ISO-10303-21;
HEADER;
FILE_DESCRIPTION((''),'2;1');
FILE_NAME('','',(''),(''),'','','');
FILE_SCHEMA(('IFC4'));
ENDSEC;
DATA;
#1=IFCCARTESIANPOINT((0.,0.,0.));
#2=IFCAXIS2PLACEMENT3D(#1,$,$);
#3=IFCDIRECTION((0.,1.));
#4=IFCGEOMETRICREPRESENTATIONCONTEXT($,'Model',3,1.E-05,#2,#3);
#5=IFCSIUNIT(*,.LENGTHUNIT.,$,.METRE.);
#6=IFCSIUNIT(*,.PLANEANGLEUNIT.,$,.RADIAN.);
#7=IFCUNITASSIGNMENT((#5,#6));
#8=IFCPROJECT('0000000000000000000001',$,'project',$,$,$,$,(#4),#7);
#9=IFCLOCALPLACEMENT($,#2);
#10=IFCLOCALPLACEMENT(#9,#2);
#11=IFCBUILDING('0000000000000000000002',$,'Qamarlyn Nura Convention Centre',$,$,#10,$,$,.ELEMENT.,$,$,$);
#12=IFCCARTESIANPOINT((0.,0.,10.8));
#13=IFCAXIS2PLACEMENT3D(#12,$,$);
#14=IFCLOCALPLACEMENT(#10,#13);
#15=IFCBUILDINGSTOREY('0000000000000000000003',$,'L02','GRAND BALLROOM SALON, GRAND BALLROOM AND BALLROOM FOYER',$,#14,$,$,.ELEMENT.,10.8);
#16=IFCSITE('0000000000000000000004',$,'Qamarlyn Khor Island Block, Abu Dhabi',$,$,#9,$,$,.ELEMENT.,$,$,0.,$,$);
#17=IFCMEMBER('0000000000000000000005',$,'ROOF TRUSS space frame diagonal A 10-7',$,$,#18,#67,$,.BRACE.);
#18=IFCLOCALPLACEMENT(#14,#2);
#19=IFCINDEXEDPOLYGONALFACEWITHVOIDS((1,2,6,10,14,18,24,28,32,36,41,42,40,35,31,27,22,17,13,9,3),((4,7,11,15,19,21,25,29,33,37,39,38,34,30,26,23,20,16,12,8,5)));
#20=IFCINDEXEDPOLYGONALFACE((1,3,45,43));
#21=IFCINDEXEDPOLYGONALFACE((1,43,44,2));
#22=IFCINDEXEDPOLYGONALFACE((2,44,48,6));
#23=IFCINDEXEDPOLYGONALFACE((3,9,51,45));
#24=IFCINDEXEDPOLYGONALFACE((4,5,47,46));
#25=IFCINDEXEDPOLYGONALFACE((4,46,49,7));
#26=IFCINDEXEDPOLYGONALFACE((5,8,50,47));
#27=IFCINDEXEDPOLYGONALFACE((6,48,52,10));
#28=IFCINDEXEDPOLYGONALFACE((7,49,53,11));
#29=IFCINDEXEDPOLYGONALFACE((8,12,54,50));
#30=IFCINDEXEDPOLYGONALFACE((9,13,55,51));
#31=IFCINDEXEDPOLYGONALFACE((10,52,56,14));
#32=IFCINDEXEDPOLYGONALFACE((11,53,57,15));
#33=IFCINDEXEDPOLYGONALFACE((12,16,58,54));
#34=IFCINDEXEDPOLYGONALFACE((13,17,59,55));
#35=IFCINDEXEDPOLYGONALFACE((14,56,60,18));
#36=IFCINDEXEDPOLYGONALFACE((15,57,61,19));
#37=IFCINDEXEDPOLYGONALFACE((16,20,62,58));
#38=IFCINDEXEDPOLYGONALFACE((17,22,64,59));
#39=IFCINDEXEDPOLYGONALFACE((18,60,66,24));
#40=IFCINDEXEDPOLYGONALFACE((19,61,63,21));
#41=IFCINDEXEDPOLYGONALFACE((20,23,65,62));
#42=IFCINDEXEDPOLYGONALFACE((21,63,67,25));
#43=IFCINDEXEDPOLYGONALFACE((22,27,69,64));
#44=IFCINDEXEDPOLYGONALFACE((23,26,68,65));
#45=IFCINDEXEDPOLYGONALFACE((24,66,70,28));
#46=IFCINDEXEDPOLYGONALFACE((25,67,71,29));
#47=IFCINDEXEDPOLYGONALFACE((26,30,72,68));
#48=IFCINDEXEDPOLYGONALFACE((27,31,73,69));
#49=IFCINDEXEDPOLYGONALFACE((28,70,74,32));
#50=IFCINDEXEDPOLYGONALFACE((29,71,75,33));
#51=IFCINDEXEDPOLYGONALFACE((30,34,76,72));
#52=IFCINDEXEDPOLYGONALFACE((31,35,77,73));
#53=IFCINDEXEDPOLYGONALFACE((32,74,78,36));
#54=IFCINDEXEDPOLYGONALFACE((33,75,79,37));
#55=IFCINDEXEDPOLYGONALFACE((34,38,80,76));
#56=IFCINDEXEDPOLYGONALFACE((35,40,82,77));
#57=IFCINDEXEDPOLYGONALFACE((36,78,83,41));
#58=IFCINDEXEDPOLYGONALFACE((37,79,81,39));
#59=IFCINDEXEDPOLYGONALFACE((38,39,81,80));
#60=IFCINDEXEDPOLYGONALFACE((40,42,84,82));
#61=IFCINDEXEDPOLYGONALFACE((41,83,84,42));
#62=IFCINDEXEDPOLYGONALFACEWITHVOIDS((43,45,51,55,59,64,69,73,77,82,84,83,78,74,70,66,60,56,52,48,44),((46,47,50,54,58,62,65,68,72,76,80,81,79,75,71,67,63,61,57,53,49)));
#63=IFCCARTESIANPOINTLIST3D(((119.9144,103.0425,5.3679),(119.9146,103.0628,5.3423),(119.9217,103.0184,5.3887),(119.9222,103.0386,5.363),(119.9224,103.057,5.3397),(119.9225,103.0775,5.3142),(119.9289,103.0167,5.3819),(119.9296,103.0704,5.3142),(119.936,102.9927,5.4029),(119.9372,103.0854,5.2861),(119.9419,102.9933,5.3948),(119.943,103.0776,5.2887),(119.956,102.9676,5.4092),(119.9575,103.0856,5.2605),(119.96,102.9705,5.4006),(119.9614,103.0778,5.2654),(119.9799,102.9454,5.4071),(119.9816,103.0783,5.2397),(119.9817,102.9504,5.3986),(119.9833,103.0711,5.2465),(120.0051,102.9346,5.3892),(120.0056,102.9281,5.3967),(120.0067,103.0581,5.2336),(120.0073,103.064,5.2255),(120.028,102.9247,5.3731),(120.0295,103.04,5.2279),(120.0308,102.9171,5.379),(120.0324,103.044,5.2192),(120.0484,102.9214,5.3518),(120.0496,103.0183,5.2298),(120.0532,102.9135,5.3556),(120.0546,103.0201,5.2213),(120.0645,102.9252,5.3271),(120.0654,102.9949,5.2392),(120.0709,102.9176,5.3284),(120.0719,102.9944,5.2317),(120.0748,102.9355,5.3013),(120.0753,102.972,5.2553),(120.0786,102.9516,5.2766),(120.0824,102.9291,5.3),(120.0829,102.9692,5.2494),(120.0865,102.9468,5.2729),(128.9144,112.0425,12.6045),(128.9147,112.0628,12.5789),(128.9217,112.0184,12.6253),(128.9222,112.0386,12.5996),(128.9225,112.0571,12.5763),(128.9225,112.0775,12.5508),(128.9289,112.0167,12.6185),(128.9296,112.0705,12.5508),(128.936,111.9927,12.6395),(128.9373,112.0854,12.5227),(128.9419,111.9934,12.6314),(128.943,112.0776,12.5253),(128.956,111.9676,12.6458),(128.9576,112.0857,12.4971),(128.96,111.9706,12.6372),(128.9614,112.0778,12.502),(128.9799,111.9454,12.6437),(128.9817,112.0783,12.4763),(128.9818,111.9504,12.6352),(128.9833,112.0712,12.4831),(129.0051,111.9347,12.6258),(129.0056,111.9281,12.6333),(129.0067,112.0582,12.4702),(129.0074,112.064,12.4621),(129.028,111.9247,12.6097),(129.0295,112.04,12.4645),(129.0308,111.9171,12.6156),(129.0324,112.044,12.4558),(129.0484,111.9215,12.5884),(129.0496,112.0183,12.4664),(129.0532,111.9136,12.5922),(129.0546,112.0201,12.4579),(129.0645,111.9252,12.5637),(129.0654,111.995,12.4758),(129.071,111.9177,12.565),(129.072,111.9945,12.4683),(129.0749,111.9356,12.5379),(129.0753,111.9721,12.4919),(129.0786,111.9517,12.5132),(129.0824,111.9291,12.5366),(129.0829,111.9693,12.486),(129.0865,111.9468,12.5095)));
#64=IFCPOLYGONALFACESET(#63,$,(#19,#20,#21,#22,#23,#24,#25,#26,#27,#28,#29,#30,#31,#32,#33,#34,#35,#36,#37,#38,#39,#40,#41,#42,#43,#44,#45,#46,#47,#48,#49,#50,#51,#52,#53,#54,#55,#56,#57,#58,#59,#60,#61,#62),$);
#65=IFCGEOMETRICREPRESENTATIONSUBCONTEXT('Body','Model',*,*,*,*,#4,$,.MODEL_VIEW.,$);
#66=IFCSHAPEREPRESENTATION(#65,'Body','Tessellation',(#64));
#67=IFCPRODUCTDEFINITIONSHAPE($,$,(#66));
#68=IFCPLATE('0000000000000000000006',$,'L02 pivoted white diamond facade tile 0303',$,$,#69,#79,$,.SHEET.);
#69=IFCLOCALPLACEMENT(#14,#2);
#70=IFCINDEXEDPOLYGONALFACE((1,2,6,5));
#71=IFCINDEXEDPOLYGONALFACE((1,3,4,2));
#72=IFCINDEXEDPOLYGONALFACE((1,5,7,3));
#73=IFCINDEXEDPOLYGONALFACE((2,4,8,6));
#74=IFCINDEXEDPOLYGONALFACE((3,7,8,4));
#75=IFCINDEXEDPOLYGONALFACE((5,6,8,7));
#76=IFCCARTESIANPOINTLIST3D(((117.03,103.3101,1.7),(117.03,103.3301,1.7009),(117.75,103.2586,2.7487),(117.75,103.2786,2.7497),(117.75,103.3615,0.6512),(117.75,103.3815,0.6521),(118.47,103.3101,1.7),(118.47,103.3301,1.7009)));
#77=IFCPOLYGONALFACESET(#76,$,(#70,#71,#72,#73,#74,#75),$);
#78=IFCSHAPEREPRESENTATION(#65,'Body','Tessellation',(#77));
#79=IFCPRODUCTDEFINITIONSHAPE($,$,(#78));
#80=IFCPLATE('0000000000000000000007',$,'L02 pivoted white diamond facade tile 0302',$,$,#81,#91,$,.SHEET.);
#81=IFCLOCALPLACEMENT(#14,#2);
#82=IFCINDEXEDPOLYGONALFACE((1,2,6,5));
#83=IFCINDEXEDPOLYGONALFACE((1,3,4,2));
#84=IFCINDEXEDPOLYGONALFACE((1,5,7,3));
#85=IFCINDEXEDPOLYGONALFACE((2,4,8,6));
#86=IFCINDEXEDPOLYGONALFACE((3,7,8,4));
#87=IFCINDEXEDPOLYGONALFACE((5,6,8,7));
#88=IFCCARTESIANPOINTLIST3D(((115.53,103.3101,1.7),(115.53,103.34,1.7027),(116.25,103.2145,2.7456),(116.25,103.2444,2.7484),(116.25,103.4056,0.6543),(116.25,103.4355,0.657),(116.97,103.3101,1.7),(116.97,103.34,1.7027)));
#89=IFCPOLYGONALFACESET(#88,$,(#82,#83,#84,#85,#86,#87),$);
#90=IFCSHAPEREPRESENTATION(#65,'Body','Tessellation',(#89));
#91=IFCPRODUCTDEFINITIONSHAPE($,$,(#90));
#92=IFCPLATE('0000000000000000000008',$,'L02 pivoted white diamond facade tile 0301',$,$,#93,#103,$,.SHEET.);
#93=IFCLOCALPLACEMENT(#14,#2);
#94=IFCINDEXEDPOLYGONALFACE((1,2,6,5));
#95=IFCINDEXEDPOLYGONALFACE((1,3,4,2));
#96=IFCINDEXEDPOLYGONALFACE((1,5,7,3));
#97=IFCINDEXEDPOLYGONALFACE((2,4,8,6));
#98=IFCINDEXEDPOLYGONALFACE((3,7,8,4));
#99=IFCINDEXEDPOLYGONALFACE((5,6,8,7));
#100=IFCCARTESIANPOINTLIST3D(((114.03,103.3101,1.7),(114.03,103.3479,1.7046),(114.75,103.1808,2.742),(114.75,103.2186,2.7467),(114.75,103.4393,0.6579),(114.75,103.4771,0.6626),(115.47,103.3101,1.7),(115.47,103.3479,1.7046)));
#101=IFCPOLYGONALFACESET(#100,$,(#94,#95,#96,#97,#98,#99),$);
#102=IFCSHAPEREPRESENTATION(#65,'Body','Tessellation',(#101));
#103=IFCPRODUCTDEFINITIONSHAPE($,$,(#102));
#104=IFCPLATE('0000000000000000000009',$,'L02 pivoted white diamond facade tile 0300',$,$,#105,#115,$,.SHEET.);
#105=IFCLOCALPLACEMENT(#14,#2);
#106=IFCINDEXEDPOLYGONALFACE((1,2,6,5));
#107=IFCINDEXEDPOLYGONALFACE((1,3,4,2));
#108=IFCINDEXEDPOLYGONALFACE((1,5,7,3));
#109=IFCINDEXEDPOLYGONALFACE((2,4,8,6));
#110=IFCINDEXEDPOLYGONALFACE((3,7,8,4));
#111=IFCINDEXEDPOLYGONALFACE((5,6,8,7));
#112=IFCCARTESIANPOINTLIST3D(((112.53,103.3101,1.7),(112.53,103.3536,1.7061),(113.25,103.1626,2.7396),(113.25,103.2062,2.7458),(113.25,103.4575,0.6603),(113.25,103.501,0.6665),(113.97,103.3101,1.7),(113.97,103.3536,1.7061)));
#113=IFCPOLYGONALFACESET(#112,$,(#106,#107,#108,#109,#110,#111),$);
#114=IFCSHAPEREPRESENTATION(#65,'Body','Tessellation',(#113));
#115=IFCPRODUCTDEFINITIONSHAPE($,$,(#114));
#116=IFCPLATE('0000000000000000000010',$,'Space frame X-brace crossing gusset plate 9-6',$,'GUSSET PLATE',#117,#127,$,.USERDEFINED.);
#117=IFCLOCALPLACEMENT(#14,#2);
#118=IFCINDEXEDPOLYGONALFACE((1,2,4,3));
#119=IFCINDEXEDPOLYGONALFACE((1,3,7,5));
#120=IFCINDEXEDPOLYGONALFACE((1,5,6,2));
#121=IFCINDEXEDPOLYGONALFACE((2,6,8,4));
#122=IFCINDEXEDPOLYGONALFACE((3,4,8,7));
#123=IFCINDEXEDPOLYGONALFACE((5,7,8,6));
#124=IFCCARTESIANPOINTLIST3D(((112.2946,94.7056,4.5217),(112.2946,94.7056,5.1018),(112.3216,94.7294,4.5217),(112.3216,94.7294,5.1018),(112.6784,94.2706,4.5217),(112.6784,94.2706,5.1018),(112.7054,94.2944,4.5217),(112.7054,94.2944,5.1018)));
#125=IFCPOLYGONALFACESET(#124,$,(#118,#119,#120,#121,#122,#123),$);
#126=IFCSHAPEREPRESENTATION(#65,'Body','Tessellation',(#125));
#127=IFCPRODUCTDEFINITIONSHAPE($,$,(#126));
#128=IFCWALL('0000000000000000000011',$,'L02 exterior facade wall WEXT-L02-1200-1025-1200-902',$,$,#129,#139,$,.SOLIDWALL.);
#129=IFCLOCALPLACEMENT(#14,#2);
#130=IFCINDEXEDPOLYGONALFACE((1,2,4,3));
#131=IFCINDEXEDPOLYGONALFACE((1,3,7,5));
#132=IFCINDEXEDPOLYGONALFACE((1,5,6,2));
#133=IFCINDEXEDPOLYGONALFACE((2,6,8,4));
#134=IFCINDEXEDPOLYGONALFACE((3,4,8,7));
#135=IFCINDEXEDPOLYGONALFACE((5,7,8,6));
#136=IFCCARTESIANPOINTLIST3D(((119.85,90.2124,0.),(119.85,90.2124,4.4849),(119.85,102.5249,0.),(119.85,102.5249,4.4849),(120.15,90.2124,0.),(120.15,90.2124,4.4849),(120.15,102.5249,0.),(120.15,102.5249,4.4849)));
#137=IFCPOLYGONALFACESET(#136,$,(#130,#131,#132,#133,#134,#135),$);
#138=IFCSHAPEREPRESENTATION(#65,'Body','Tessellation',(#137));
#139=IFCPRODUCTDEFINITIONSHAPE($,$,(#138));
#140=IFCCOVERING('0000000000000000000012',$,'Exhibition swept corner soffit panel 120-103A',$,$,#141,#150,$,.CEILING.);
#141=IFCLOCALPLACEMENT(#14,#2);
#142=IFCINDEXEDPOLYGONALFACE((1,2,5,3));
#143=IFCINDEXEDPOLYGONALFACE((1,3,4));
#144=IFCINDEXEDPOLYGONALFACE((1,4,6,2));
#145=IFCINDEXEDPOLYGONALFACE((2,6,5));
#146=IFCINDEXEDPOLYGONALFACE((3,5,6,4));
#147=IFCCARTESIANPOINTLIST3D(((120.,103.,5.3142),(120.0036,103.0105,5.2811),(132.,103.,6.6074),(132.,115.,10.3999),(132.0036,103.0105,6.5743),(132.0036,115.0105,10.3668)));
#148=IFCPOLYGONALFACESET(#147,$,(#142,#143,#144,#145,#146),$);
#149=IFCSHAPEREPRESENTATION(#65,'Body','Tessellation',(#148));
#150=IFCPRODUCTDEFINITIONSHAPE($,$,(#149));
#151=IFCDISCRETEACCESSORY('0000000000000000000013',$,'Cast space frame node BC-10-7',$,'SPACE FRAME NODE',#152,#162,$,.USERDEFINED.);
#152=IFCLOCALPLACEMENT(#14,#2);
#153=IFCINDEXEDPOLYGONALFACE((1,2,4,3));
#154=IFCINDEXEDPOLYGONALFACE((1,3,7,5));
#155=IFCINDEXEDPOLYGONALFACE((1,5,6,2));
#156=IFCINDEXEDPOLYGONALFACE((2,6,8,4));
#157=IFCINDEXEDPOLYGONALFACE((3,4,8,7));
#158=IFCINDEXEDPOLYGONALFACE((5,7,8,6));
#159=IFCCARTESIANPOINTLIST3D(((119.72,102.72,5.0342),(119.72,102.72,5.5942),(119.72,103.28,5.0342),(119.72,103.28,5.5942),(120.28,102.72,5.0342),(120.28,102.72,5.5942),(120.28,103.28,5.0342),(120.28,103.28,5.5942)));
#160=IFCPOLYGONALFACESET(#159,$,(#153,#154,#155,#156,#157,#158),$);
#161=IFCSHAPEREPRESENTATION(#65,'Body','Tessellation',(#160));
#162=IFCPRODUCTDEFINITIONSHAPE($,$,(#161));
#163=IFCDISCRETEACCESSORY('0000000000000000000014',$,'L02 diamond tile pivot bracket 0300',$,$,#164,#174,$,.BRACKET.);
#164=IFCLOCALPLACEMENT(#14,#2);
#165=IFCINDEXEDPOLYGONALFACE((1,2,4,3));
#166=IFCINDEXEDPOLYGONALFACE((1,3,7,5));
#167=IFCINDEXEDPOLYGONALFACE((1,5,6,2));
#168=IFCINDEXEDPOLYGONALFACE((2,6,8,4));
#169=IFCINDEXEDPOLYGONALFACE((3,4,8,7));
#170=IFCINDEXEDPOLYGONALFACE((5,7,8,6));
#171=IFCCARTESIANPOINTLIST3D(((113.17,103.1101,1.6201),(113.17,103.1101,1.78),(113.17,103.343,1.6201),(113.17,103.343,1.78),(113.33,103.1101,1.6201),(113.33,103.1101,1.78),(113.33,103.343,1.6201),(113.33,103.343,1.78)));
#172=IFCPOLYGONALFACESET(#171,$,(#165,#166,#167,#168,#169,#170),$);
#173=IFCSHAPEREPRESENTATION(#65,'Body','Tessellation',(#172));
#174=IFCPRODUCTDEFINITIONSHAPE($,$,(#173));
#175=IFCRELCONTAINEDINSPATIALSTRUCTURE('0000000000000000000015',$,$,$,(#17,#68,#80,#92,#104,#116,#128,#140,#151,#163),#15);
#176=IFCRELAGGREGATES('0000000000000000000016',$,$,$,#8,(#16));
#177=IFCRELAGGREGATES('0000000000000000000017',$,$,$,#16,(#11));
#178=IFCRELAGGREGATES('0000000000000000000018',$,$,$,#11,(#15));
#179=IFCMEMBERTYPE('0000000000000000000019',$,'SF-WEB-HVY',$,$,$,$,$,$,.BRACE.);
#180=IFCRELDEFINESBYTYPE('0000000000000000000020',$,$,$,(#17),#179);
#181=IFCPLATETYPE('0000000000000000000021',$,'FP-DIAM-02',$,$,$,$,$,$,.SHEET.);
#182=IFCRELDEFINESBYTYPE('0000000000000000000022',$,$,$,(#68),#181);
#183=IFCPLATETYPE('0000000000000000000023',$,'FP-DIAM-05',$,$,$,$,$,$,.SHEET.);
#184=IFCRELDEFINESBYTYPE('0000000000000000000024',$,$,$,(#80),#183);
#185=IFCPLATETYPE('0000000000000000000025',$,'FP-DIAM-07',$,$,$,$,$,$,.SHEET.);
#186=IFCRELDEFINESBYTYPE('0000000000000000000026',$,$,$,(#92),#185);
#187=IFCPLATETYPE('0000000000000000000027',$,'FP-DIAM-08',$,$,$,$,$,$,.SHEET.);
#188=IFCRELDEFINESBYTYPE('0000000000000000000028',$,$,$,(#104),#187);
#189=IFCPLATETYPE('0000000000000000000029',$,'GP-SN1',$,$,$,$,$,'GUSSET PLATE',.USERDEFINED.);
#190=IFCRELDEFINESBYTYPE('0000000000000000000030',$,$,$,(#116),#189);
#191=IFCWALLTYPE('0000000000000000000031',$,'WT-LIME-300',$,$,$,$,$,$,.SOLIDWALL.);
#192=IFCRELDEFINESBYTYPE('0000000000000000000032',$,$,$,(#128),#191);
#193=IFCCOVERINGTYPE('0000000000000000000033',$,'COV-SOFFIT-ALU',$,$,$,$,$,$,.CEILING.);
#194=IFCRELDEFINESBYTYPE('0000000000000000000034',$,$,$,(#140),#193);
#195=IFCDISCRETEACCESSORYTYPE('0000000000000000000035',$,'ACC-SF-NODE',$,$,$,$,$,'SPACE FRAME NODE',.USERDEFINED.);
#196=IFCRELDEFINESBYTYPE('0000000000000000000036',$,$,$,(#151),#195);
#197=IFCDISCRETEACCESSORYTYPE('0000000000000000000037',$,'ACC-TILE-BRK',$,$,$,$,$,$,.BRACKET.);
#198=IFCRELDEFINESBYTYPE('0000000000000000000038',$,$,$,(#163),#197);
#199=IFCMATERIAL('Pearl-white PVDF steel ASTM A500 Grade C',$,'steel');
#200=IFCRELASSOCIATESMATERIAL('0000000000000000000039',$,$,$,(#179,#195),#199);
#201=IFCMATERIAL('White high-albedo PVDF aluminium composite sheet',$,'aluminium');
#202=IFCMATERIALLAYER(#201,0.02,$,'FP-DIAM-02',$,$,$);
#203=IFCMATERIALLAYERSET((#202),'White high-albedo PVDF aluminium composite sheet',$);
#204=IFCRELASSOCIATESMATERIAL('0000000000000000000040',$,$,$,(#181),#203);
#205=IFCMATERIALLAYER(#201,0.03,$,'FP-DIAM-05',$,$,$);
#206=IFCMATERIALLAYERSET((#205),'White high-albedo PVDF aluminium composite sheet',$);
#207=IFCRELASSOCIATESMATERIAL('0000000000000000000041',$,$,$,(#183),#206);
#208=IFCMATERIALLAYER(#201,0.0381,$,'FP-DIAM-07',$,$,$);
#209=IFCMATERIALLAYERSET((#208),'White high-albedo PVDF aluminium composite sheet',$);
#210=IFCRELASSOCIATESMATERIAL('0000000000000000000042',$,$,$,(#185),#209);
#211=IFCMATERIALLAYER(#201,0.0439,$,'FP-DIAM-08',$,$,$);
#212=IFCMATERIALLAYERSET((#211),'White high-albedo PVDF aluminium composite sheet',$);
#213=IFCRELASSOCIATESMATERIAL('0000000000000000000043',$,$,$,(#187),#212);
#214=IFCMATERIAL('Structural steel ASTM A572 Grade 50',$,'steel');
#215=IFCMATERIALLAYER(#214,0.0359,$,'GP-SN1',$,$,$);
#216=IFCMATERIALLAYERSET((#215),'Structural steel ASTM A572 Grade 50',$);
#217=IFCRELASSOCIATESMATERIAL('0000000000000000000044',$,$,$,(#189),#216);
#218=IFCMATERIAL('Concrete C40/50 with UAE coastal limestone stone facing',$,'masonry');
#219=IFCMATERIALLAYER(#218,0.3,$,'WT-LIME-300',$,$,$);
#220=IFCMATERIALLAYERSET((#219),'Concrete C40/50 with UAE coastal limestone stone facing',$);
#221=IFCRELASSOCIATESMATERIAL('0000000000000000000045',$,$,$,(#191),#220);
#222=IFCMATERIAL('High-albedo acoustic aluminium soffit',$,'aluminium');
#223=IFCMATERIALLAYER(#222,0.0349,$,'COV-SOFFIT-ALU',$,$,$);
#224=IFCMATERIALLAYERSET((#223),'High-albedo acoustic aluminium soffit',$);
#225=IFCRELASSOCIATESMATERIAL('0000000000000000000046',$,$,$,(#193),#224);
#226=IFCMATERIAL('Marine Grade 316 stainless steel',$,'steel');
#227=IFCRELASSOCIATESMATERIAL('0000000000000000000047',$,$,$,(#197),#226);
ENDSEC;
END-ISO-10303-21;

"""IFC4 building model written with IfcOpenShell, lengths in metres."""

from ifc_helpers import new_model, si_unit, direction, frame, frame_2d, origin, origin_2d, place, context, subcontext, project, spatial, polyline, rectangle, hollow_circle, outline, extrude, material, layer, layer_set, material_profile, profile_set, type_object, element, save


model = new_model("IFC4")

# Units and contexts
model_context = context("Model", 3, precision=1e-05, world=origin(), true_north=direction((0.0, 1.0)))
body_context = subcontext(model_context, "Body", "Model", "MODEL_VIEW")
ifc_project = project(units=[si_unit("LENGTHUNIT", "METRE"), si_unit("PLANEANGLEUNIT", "RADIAN")], contexts=[model_context])

# Site, building, storey
site_placement = place(None, origin())
site = spatial("IfcSite", under=ifc_project, at=site_placement, Name="Qamarlyn Khor Island Block, Abu Dhabi", CompositionType="ELEMENT", RefElevation=0.0)
building_placement = place(site_placement, origin())
building = spatial("IfcBuilding", under=site, at=building_placement, Name="Qamarlyn Nura Convention Centre", CompositionType="ELEMENT")
storey_placement = place(building_placement, frame((0.0, 0.0, 10.8)))
storey = spatial("IfcBuildingStorey", under=building, at=storey_placement, Name="L02", Description="GRAND BALLROOM SALON, GRAND BALLROOM AND BALLROOM FOYER", CompositionType="ELEMENT", Elevation=10.8)

# Member
ifc_material_1 = material(Name="Pearl-white PVDF steel ASTM A500 Grade C", Category="steel")
ifc_material_profile_1 = material_profile(ifc_material_1, hollow_circle(Radius=0.1096, WallThickness=0.01, at=origin_2d()), Name="CHS219.1X10")
ifc_profile_set_1 = profile_set([ifc_material_profile_1], Name="Pearl-white PVDF steel ASTM A500 Grade C")
member_type_1 = type_object("IfcMemberType", Name="SF-WEB-HVY", PredefinedType="BRACE", material=ifc_profile_set_1)
member_1_placement = place(storey_placement, frame((120.0, 103.0, 5.3142), z_axis=(0.614699, 0.614699, 0.494257), x_axis=(-0.707107, 0.707107, 0.0)))
element("IfcMember", 1, at=member_1_placement, inside=storey, type_object=member_type_1, Name="ROOF TRUSS space frame diagonal A 10-7", PredefinedType="BRACE", context=body_context, shape_type="SweptSolid", body=[
    extrude(hollow_circle(Radius=0.1096, WallThickness=0.01, at=origin_2d()), origin(), (0.0, 0.0, 1.0), 14.6414),
])

# Plates
ifc_material_2 = material(Name="White high-albedo PVDF aluminium composite sheet", Category="aluminium")
ifc_layer_1 = layer(ifc_material_2, 0.02, Name="FP-DIAM-02")
ifc_layer_set_1 = layer_set([ifc_layer_1], Name="White high-albedo PVDF aluminium composite sheet")
plate_type_1 = type_object("IfcPlateType", Name="FP-DIAM-02", PredefinedType="SHEET", material=ifc_layer_set_1)
plate_1_placement = place(storey_placement, frame((117.75, 103.3101, 1.7), z_axis=(0.0, 0.998798, 0.049024), x_axis=(-1.0, 0.0, 0.0)))
element("IfcPlate", 2, at=plate_1_placement, inside=storey, type_object=plate_type_1, Name="L02 pivoted white diamond facade tile 0303", PredefinedType="SHEET", context=body_context, shape_type="SweptSolid", body=[
    extrude(outline(polyline([(-0.72, 0.0), (0.0, -1.05), (0.72, 0.0), (0.0, 1.05), (-0.72, 0.0)])), origin(), (0.0, 0.0, 1.0), 0.02),
])
ifc_layer_2 = layer(ifc_material_2, 0.03, Name="FP-DIAM-05")
ifc_layer_set_2 = layer_set([ifc_layer_2], Name="White high-albedo PVDF aluminium composite sheet")
plate_type_2 = type_object("IfcPlateType", Name="FP-DIAM-05", PredefinedType="SHEET", material=ifc_layer_set_2)
plate_2_placement = place(storey_placement, frame((116.25, 103.3101, 1.7), z_axis=(0.0, 0.995853, 0.09098), x_axis=(-1.0, 0.0, 0.0)))
element("IfcPlate", 3, at=plate_2_placement, inside=storey, type_object=plate_type_2, Name="L02 pivoted white diamond facade tile 0302", PredefinedType="SHEET", context=body_context, shape_type="SweptSolid", body=[
    extrude(outline(polyline([(-0.72, 0.0), (0.0, -1.05), (0.72, 0.0), (0.0, 1.05), (-0.72, 0.0)])), origin(), (0.0, 0.0, 1.0), 0.03),
])
ifc_layer_3 = layer(ifc_material_2, 0.0381, Name="FP-DIAM-07")
ifc_layer_set_3 = layer_set([ifc_layer_3], Name="White high-albedo PVDF aluminium composite sheet")
plate_type_3 = type_object("IfcPlateType", Name="FP-DIAM-07", PredefinedType="SHEET", material=ifc_layer_set_3)
plate_3_placement = place(storey_placement, frame((114.75, 103.3101, 1.7), z_axis=(0.0, 0.992397, 0.123082), x_axis=(-1.0, 0.0, 0.0)))
element("IfcPlate", 4, at=plate_3_placement, inside=storey, type_object=plate_type_3, Name="L02 pivoted white diamond facade tile 0301", PredefinedType="SHEET", context=body_context, shape_type="SweptSolid", body=[
    extrude(outline(polyline([(-0.72, 0.0), (0.0, -1.05), (0.72, 0.0), (0.0, 1.05), (-0.72, 0.0)])), origin(), (0.0, 0.0, 1.0), 0.0381),
])
ifc_layer_4 = layer(ifc_material_2, 0.0439, Name="FP-DIAM-08")
ifc_layer_set_4 = layer_set([ifc_layer_4], Name="White high-albedo PVDF aluminium composite sheet")
plate_type_4 = type_object("IfcPlateType", Name="FP-DIAM-08", PredefinedType="SHEET", material=ifc_layer_set_4)
plate_4_placement = place(storey_placement, frame((113.25, 103.3101, 1.7), z_axis=(0.0, 0.990097, 0.140383), x_axis=(-1.0, 0.0, 0.0)))
element("IfcPlate", 5, at=plate_4_placement, inside=storey, type_object=plate_type_4, Name="L02 pivoted white diamond facade tile 0300", PredefinedType="SHEET", context=body_context, shape_type="SweptSolid", body=[
    extrude(outline(polyline([(-0.72, 0.0), (0.0, -1.05), (0.72, 0.0), (0.0, 1.05), (-0.72, 0.0)])), origin(), (0.0, 0.0, 1.0), 0.0439),
])
ifc_material_3 = material(Name="Structural steel ASTM A572 Grade 50", Category="steel")
ifc_layer_5 = layer(ifc_material_3, 0.0359, Name="GP-SN1")
ifc_layer_set_5 = layer_set([ifc_layer_5], Name="Structural steel ASTM A572 Grade 50")
plate_type_5 = type_object("IfcPlateType", Name="GP-SN1", ElementType="GUSSET PLATE", PredefinedType="USERDEFINED", material=ifc_layer_set_5)
plate_5_placement = place(storey_placement, frame((112.5, 94.5, 4.5217), z_axis=(0.0, 0.0, 1.0), x_axis=(-0.661622, 0.749837, 0.0)))
element("IfcPlate", 6, at=plate_5_placement, inside=storey, type_object=plate_type_5, Name="Space frame X-brace crossing gusset plate 9-6", ObjectType="GUSSET PLATE", PredefinedType="USERDEFINED", context=body_context, shape_type="SweptSolid", body=[
    extrude(rectangle(XDim=0.5801, YDim=0.0359, at=origin_2d()), origin(), (0.0, 0.0, 1.0), 0.5801),
])

# Wall
ifc_material_4 = material(Name="Concrete C40/50 with UAE coastal limestone stone facing", Category="masonry")
ifc_layer_6 = layer(ifc_material_4, 0.3, Name="WT-LIME-300")
ifc_layer_set_6 = layer_set([ifc_layer_6], Name="Concrete C40/50 with UAE coastal limestone stone facing")
wall_type = type_object("IfcWallType", Name="WT-LIME-300", PredefinedType="SOLIDWALL", material=ifc_layer_set_6)
wall_placement = place(storey_placement, frame((120.0, 102.5249, 0.0), z_axis=(0.0, 0.0, 1.0), x_axis=(0.0, -1.0, 0.0)))
element("IfcWall", 7, at=wall_placement, inside=storey, type_object=wall_type, Name="L02 exterior facade wall WEXT-L02-1200-1025-1200-902", PredefinedType="SOLIDWALL", context=body_context, shape_type="SweptSolid", body=[
    extrude(rectangle(XDim=12.3125, YDim=0.3, at=frame_2d((6.1562, 0.0))), origin(), (0.0, 0.0, 1.0), 4.4849),
])

# Covering
ifc_material_5 = material(Name="High-albedo acoustic aluminium soffit", Category="aluminium")
ifc_layer_7 = layer(ifc_material_5, 0.0349, Name="COV-SOFFIT-ALU")
ifc_layer_set_7 = layer_set([ifc_layer_7], Name="High-albedo acoustic aluminium soffit")
covering_type = type_object("IfcCoveringType", Name="COV-SOFFIT-ALU", PredefinedType="CEILING", material=ifc_layer_set_7)
covering_placement = place(storey_placement, frame((120.0, 103.0, 5.3142), z_axis=(-0.10222, -0.29977, 0.948519), x_axis=(0.994243, 0.0, 0.107147)))
element("IfcCovering", 8, at=covering_placement, inside=storey, type_object=covering_type, Name="Exhibition swept corner soffit panel 120-103A", PredefinedType="CEILING", context=body_context, shape_type="SweptSolid", body=[
    extrude(outline(polyline([(0.0, 0.0), (12.0695, 0.0), (12.4758, 12.5785), (0.0, 0.0)])), origin(), (0.0, 0.0, -1.0), 0.0349),
])

# Discrete accessories
discrete_accessory_type_1 = type_object("IfcDiscreteAccessoryType", Name="ACC-SF-NODE", ElementType="SPACE FRAME NODE", PredefinedType="USERDEFINED", material=ifc_material_1)
discrete_accessory_1_placement = place(storey_placement, frame((120.0, 103.0, 5.0342), z_axis=(0.0, 0.0, 1.0), x_axis=(1.0, 0.0, 0.0)))
element("IfcDiscreteAccessory", 9, at=discrete_accessory_1_placement, inside=storey, type_object=discrete_accessory_type_1, Name="Cast space frame node BC-10-7", ObjectType="SPACE FRAME NODE", PredefinedType="USERDEFINED", context=body_context, shape_type="SweptSolid", body=[
    extrude(rectangle(XDim=0.5601, YDim=0.5601, at=origin_2d()), origin(), (0.0, 0.0, 1.0), 0.5601),
])
ifc_material_6 = material(Name="Marine Grade 316 stainless steel", Category="steel")
discrete_accessory_type_2 = type_object("IfcDiscreteAccessoryType", Name="ACC-TILE-BRK", PredefinedType="BRACKET", material=ifc_material_6)
discrete_accessory_2_placement = place(storey_placement, frame((113.25, 103.2266, 1.6201), z_axis=(0.0, 0.0, 1.0), x_axis=(0.0, 1.0, 0.0)))
element("IfcDiscreteAccessory", 10, at=discrete_accessory_2_placement, inside=storey, type_object=discrete_accessory_type_2, Name="L02 diamond tile pivot bracket 0300", PredefinedType="BRACKET", context=body_context, shape_type="SweptSolid", body=[
    extrude(rectangle(XDim=0.2329, YDim=0.1599, at=origin_2d()), origin(), (0.0, 0.0, 1.0), 0.1599),
])

save(model, "model.ifc")
